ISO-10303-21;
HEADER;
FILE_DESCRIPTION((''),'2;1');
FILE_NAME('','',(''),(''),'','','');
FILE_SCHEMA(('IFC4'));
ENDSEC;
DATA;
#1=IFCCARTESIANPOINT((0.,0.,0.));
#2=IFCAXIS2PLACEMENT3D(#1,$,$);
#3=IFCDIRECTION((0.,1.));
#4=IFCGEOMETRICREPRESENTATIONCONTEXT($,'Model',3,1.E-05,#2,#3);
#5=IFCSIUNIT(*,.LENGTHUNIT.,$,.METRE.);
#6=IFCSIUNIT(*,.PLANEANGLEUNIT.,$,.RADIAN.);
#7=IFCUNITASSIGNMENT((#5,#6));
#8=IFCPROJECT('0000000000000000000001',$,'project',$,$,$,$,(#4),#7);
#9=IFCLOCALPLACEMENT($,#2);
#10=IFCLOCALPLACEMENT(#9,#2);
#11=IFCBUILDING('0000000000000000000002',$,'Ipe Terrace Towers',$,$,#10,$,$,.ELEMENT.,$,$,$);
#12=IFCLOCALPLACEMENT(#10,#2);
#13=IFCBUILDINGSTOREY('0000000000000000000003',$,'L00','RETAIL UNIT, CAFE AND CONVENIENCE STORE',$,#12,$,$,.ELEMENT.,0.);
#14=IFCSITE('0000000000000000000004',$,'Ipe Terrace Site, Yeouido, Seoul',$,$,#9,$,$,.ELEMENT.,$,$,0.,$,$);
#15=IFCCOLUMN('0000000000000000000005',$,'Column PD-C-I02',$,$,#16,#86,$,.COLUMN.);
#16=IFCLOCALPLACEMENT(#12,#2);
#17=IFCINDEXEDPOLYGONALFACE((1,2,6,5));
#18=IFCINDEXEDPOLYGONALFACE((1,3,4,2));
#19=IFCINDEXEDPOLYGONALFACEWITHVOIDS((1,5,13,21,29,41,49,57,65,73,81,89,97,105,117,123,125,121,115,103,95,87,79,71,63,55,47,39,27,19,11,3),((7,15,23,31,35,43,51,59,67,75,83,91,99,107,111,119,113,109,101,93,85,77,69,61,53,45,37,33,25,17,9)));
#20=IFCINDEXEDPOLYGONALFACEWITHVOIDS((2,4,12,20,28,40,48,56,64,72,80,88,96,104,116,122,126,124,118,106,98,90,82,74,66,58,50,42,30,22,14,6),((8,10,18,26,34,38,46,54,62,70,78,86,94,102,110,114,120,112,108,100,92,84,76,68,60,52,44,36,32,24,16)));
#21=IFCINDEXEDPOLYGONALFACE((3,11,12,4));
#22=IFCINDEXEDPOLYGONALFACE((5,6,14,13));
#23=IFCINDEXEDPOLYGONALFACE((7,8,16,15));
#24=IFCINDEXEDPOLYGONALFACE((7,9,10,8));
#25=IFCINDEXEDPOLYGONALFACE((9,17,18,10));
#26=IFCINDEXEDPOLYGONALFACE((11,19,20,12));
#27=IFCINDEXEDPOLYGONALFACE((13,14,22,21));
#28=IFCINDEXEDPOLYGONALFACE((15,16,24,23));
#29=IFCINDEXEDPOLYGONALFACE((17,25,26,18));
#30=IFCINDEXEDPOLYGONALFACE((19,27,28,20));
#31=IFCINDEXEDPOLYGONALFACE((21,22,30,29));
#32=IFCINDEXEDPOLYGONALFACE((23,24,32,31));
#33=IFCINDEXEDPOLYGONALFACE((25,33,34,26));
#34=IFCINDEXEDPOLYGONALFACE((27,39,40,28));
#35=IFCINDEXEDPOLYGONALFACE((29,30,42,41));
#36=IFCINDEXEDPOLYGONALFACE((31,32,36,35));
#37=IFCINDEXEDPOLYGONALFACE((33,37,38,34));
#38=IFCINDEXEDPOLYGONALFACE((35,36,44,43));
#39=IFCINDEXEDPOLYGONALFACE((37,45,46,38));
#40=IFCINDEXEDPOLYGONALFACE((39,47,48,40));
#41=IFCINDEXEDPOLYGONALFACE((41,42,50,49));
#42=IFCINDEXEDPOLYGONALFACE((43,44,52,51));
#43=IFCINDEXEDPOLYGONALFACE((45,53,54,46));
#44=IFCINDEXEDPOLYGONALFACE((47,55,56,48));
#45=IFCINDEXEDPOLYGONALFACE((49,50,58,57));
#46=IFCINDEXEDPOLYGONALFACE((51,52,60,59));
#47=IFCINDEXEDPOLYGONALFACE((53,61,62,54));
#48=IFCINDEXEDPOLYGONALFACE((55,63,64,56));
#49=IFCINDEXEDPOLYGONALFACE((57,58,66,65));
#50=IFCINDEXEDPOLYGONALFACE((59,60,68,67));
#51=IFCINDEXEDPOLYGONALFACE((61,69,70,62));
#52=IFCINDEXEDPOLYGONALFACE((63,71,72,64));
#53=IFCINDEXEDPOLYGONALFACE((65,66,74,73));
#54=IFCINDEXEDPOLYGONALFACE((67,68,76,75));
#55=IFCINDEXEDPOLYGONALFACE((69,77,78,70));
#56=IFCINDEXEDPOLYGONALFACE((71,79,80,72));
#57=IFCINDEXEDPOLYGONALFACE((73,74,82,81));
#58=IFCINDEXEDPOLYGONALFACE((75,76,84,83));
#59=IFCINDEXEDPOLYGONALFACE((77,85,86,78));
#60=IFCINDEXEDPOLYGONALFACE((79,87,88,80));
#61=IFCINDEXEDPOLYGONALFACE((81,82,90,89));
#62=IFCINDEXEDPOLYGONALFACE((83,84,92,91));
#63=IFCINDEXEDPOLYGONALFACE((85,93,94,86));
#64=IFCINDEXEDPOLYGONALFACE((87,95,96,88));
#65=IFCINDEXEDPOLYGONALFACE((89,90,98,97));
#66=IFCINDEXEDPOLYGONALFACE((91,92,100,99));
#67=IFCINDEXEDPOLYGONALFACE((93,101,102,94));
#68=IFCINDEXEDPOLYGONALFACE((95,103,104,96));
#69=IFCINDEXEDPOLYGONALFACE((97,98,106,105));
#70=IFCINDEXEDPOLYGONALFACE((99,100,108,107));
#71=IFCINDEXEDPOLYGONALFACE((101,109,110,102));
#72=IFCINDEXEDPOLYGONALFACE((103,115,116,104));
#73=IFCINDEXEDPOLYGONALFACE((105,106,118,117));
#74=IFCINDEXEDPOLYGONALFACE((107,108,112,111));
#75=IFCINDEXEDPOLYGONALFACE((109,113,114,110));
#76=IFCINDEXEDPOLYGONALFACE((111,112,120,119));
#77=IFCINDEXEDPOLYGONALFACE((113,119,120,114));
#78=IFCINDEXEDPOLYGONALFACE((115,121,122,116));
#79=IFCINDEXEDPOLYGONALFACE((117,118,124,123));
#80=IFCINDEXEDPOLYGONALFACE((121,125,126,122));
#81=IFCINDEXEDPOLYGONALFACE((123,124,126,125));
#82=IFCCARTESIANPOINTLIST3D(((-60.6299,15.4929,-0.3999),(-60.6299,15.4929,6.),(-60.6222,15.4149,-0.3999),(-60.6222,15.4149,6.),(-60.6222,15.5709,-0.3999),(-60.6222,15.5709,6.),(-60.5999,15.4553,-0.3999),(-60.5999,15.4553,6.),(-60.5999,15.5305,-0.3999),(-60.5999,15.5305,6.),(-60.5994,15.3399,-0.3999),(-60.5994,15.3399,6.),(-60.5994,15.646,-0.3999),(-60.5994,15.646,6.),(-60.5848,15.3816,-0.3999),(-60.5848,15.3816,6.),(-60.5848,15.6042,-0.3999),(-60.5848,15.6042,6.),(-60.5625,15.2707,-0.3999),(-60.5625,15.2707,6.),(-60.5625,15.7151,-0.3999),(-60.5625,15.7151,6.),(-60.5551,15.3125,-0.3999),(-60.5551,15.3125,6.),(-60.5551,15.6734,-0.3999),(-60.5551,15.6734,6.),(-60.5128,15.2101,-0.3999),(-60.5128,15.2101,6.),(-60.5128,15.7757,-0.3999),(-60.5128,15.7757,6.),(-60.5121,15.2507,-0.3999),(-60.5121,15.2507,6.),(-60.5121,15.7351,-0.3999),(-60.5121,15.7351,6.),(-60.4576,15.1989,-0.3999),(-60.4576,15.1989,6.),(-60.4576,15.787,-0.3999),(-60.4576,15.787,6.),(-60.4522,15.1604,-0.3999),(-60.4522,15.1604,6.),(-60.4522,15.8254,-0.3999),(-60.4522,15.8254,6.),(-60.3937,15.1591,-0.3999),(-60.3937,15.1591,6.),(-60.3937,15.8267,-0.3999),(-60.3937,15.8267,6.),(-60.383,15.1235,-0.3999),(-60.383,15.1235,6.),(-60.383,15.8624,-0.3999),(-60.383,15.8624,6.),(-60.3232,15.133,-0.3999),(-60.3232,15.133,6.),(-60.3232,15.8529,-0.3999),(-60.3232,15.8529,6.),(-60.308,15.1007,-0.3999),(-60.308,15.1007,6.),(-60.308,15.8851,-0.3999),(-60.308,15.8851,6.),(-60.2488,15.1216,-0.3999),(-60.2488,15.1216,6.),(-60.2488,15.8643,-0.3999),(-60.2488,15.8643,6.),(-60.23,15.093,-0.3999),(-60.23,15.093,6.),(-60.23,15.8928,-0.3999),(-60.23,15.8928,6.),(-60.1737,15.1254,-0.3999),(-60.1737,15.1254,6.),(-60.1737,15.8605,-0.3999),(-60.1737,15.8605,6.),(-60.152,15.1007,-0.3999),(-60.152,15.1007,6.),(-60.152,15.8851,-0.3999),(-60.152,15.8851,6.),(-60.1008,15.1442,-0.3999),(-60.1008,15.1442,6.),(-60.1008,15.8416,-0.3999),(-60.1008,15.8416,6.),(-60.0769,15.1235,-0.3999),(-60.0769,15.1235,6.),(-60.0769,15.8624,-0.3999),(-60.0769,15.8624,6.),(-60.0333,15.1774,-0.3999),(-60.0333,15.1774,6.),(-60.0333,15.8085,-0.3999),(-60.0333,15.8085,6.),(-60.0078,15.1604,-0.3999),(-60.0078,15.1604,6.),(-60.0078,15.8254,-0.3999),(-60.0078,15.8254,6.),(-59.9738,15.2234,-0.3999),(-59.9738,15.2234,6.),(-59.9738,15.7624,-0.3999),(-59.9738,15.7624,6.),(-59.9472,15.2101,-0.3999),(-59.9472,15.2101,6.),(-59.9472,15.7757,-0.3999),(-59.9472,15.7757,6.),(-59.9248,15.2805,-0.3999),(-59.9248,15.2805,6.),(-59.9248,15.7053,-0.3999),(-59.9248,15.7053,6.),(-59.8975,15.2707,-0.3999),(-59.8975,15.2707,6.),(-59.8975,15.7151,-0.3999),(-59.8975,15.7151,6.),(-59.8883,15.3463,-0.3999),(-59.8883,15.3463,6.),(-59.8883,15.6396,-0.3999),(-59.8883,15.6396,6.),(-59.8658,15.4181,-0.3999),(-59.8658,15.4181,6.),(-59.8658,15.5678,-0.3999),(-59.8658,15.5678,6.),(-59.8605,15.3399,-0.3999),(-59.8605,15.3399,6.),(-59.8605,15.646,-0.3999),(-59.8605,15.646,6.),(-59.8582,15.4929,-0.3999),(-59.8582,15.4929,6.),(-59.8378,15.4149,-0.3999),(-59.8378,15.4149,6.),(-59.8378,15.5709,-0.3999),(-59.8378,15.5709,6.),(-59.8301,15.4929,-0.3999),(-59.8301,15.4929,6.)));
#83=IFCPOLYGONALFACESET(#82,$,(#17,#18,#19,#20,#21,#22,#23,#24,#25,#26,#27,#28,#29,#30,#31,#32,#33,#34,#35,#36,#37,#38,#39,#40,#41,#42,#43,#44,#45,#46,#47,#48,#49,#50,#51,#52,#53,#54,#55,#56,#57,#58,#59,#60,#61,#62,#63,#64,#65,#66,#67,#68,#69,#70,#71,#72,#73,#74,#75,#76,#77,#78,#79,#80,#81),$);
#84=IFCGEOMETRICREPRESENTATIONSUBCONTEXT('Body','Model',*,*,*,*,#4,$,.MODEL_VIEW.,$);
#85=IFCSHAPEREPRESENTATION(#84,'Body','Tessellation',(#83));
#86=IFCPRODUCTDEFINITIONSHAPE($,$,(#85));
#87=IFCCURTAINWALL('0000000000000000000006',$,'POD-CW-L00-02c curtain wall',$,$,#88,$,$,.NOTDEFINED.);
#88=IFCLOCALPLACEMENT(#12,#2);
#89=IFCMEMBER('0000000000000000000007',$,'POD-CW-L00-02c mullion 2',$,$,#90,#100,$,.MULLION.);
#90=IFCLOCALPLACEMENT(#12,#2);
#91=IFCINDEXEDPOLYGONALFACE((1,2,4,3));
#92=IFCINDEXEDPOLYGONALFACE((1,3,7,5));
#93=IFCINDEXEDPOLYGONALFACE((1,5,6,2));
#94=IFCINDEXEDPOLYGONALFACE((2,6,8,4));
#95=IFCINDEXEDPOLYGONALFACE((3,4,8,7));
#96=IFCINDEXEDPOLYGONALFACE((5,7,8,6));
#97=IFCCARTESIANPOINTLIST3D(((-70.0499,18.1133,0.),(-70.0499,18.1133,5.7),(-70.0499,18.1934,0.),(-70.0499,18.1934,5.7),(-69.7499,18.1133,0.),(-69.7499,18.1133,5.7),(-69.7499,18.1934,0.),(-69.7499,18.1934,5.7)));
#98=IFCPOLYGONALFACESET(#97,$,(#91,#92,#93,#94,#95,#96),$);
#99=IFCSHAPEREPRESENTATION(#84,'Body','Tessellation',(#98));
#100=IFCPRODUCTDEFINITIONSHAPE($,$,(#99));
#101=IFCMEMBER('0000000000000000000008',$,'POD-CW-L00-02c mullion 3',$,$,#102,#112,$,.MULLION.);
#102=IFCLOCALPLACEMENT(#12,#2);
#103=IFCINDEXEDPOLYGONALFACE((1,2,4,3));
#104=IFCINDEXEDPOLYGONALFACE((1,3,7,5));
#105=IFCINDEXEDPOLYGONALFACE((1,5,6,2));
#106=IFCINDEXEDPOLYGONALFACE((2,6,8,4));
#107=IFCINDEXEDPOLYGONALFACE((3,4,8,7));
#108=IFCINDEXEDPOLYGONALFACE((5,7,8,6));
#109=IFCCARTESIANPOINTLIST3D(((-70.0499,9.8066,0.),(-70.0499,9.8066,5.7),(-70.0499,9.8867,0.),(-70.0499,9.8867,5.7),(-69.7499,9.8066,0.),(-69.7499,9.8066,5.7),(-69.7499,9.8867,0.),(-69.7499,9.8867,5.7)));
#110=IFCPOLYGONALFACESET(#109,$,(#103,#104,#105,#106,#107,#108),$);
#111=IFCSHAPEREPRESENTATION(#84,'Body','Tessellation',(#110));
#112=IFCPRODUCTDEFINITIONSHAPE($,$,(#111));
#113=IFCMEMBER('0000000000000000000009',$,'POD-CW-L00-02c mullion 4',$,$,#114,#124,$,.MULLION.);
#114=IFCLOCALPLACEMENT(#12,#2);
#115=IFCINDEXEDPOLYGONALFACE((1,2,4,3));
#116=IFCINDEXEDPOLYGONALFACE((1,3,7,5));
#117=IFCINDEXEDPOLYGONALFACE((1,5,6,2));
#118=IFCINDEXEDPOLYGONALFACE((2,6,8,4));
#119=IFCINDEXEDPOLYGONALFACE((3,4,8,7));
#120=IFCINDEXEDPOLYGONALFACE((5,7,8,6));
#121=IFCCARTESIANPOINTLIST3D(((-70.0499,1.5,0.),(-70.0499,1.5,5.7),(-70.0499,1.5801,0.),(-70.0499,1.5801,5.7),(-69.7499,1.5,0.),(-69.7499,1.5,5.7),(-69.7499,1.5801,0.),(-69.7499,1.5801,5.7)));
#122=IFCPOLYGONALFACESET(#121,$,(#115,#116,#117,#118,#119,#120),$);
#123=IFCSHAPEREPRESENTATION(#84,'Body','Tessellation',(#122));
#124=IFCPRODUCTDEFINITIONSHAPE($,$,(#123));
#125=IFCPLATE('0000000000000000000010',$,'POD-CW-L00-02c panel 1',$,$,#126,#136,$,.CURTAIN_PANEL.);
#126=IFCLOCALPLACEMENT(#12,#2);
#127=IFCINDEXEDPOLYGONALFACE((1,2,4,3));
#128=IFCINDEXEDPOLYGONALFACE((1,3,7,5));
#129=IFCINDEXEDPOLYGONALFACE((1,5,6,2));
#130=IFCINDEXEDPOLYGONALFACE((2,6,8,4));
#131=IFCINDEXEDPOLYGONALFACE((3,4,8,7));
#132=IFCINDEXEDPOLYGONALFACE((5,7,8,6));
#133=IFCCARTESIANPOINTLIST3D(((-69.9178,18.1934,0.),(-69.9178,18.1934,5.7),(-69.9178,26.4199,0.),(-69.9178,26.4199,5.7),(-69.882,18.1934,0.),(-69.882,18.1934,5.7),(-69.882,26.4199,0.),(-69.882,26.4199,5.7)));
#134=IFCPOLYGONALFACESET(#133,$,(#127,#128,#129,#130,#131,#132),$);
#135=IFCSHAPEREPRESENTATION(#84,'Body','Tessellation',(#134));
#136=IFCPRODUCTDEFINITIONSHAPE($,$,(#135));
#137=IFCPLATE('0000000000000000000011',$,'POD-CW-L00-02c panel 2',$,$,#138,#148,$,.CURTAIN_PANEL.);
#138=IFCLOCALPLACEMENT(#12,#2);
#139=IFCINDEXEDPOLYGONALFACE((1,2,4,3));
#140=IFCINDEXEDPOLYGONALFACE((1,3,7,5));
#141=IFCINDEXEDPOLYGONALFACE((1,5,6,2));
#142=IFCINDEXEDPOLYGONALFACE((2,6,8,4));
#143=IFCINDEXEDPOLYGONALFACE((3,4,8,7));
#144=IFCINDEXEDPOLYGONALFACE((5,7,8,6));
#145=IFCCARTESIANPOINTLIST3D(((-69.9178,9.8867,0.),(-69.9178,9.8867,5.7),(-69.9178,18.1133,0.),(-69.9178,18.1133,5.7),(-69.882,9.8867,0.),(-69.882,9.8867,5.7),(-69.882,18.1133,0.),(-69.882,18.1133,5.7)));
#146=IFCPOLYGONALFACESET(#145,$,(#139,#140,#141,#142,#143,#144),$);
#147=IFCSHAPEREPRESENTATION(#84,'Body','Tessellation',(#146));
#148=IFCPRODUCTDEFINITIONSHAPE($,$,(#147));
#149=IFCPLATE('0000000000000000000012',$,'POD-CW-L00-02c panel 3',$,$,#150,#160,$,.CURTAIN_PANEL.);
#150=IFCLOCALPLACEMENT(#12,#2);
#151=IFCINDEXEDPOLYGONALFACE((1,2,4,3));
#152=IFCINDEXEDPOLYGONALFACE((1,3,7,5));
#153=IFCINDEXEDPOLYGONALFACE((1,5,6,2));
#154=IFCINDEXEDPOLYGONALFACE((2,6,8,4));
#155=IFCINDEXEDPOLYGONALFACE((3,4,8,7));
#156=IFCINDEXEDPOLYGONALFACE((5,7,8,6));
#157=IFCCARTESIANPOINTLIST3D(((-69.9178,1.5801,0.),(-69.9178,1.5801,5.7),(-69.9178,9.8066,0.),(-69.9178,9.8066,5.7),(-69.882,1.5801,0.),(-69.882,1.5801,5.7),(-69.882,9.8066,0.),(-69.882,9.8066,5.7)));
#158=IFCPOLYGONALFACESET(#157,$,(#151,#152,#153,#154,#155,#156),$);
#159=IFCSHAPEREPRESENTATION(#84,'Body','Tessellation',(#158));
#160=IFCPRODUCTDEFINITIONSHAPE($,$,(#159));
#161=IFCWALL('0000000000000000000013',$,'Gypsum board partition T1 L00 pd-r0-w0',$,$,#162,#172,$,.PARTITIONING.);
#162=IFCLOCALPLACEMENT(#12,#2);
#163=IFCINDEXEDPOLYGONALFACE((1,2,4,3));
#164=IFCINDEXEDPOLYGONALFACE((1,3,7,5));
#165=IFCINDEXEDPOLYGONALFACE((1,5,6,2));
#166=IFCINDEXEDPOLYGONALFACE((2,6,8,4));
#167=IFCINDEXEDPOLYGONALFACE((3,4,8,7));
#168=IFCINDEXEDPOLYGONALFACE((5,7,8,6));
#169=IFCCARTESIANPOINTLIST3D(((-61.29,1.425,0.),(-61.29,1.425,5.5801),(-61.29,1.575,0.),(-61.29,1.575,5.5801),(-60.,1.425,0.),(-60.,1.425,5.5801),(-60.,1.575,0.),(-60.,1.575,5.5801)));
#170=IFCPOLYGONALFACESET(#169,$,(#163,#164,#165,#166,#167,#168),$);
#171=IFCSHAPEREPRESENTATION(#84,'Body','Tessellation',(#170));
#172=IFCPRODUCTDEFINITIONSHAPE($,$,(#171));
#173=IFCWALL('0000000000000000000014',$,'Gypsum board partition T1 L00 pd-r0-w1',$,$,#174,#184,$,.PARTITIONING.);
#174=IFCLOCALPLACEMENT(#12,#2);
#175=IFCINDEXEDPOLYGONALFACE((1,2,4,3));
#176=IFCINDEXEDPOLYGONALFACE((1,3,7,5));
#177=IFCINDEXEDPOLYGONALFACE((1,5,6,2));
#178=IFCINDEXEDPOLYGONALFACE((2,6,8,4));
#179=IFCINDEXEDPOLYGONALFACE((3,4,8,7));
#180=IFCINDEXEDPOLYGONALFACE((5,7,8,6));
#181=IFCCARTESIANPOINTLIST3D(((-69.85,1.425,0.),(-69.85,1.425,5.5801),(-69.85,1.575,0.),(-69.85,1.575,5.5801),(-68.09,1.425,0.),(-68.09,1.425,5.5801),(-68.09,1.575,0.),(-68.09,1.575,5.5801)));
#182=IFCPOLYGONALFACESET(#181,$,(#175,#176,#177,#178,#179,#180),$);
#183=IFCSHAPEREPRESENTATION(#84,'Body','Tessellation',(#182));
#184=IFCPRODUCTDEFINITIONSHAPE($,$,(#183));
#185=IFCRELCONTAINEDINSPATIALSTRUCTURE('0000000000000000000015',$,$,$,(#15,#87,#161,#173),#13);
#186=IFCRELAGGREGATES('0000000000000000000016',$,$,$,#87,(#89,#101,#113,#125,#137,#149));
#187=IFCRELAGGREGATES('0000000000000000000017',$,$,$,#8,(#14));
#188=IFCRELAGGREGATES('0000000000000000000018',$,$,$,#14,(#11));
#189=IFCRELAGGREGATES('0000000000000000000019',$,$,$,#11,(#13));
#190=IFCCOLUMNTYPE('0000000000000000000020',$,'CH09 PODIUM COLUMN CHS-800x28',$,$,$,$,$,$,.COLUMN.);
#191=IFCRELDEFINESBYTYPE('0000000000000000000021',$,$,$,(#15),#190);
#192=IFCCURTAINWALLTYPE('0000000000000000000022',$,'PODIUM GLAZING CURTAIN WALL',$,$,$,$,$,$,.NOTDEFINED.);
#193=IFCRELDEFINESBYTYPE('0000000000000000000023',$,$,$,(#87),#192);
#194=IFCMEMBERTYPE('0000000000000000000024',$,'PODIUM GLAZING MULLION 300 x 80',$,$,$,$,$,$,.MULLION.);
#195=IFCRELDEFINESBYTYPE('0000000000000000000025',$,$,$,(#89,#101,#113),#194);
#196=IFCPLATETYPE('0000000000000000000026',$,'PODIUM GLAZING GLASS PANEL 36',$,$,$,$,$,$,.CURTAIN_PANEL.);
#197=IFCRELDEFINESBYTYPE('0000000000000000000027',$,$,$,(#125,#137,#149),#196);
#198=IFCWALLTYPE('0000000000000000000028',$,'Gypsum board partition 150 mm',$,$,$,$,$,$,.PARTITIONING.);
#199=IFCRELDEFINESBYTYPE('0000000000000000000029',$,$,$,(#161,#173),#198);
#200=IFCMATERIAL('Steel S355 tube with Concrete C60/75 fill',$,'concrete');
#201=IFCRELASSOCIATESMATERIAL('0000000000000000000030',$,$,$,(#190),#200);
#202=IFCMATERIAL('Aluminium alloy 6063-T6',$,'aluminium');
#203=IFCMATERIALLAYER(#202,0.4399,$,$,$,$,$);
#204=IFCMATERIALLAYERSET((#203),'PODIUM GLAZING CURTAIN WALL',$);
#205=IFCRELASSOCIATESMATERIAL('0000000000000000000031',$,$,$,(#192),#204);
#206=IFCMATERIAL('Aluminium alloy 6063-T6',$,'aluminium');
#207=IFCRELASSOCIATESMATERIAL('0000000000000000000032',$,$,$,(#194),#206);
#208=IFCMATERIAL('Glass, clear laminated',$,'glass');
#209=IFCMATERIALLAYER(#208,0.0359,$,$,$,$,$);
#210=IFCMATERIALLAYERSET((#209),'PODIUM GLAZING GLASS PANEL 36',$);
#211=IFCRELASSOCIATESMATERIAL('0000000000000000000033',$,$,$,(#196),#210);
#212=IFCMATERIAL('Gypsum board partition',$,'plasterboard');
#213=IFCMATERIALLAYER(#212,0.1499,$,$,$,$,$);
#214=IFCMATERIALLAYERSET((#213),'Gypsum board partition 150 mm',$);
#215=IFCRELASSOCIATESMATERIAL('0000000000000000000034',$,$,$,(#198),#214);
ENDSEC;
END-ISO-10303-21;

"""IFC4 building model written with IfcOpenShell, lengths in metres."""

from ifc_helpers import new_model, si_unit, direction, frame, frame_2d, origin, origin_2d, place, context, subcontext, project, spatial, rectangle, hollow_circle, extrude, material, layer, layer_set, material_profile, profile_set, type_object, element, aggregate, save


model = new_model("IFC4")

# Units and contexts
model_context = context("Model", 3, precision=1e-05, world=origin(), true_north=direction((0.0, 1.0)))
body_context = subcontext(model_context, "Body", "Model", "MODEL_VIEW")
ifc_project = project(units=[si_unit("LENGTHUNIT", "METRE"), si_unit("PLANEANGLEUNIT", "RADIAN")], contexts=[model_context])

# Site, building, storey
site_placement = place(None, origin())
site = spatial("IfcSite", under=ifc_project, at=site_placement, Name="Ipe Terrace Site, Yeouido, Seoul", CompositionType="ELEMENT", RefElevation=0.0)
building_placement = place(site_placement, origin())
building = spatial("IfcBuilding", under=site, at=building_placement, Name="Ipe Terrace Towers", CompositionType="ELEMENT")
storey_placement = place(building_placement, origin())
storey = spatial("IfcBuildingStorey", under=building, at=storey_placement, Name="L00", Description="RETAIL UNIT, CAFE AND CONVENIENCE STORE", CompositionType="ELEMENT", Elevation=0.0)

# Column
ifc_material_1 = material(Name="Steel S355 tube with Concrete C60/75 fill", Category="concrete")
ifc_material_profile_1 = material_profile(ifc_material_1, hollow_circle(Radius=0.3999, WallThickness=0.0281, at=origin_2d()), Name="CHS-800x28")
ifc_profile_set_1 = profile_set([ifc_material_profile_1], Name="Steel S355 tube with Concrete C60/75 fill")
column_type = type_object("IfcColumnType", Name="CH09 PODIUM COLUMN CHS-800x28", PredefinedType="COLUMN", material=ifc_profile_set_1)
for number, where, z_axis, x_axis, name in (
    (1, (-60.23, 15.4929, -0.3999), (0.0, 0.0, 1.0), (1.0, 0.0, 0.0), "Column PD-C-I02"),
):
    element("IfcColumn", number, at=place(storey_placement, frame(where, z_axis=z_axis, x_axis=x_axis)), inside=storey, type_object=column_type, Name=name, PredefinedType="COLUMN", context=body_context, shape_type="SweptSolid", body=[
        extrude(hollow_circle(Radius=0.3999, WallThickness=0.0281, at=origin_2d()), origin(), (0.0, 0.0, 1.0), 6.3999),
    ])

# Curtain wall, members, plates
ifc_material_2 = material(Name="Aluminium alloy 6063-T6", Category="aluminium")
ifc_layer_1 = layer(ifc_material_2, 0.4399)
ifc_layer_set_1 = layer_set([ifc_layer_1], Name="PODIUM GLAZING CURTAIN WALL")
curtain_wall_type = type_object("IfcCurtainWallType", Name="PODIUM GLAZING CURTAIN WALL", PredefinedType="NOTDEFINED", material=ifc_layer_set_1)
curtain_wall_placement = place(storey_placement, origin())
curtain_wall = element("IfcCurtainWall", 2, at=curtain_wall_placement, inside=storey, type_object=curtain_wall_type, Name="POD-CW-L00-02c curtain wall", PredefinedType="NOTDEFINED")
ifc_material_3 = material(Name="Aluminium alloy 6063-T6", Category="aluminium")
ifc_material_profile_2 = material_profile(ifc_material_3, rectangle(XDim=0.3, YDim=0.0801, at=origin_2d()), Name="PODIUM GLAZING MULLION 300 x 80")
ifc_profile_set_2 = profile_set([ifc_material_profile_2], Name="Aluminium alloy 6063-T6")
member_type = type_object("IfcMemberType", Name="PODIUM GLAZING MULLION 300 x 80", PredefinedType="MULLION", material=ifc_profile_set_2)
member_1_placement = place(storey_placement, frame((-69.8999, 18.1533, 0.0), z_axis=(0.0, 0.0, 1.0), x_axis=(-1.0, 0.0, 0.0)))
member_1 = element("IfcMember", 3, at=member_1_placement, type_object=member_type, Name="POD-CW-L00-02c mullion 2", PredefinedType="MULLION", context=body_context, shape_type="SweptSolid", body=[
    extrude(rectangle(XDim=0.3, YDim=0.0801, at=origin_2d()), origin(), (0.0, 0.0, 1.0), 5.7),
])
member_2_placement = place(storey_placement, frame((-69.8999, 9.8467, 0.0), z_axis=(0.0, 0.0, 1.0), x_axis=(-1.0, 0.0, 0.0)))
member_2 = element("IfcMember", 4, at=member_2_placement, type_object=member_type, Name="POD-CW-L00-02c mullion 3", PredefinedType="MULLION", context=body_context, shape_type="SweptSolid", body=[
    extrude(rectangle(XDim=0.3, YDim=0.0801, at=origin_2d()), origin(), (0.0, 0.0, 1.0), 5.7),
])
member_3_placement = place(storey_placement, frame((-69.8999, 1.54, 0.0), z_axis=(0.0, 0.0, 1.0), x_axis=(-1.0, 0.0, 0.0)))
member_3 = element("IfcMember", 5, at=member_3_placement, type_object=member_type, Name="POD-CW-L00-02c mullion 4", PredefinedType="MULLION", context=body_context, shape_type="SweptSolid", body=[
    extrude(rectangle(XDim=0.3, YDim=0.0801, at=origin_2d()), origin(), (0.0, 0.0, 1.0), 5.7),
])
ifc_material_4 = material(Name="Glass, clear laminated", Category="glass")
ifc_layer_2 = layer(ifc_material_4, 0.0359)
ifc_layer_set_2 = layer_set([ifc_layer_2], Name="PODIUM GLAZING GLASS PANEL 36")
plate_type = type_object("IfcPlateType", Name="PODIUM GLAZING GLASS PANEL 36", PredefinedType="CURTAIN_PANEL", material=ifc_layer_set_2)
plate_1_placement = place(storey_placement, frame((-69.8999, 22.3066, 0.0), z_axis=(0.0, 0.0, 1.0), x_axis=(0.0, -1.0, 0.0)))
plate_1 = element("IfcPlate", 6, at=plate_1_placement, type_object=plate_type, Name="POD-CW-L00-02c panel 1", PredefinedType="CURTAIN_PANEL", context=body_context, shape_type="SweptSolid", body=[
    extrude(rectangle(XDim=8.2266, YDim=0.0359, at=origin_2d()), origin(), (0.0, 0.0, 1.0), 5.7),
])
plate_2_placement = place(storey_placement, frame((-69.8999, 14.0, 0.0), z_axis=(0.0, 0.0, 1.0), x_axis=(0.0, -1.0, 0.0)))
plate_2 = element("IfcPlate", 7, at=plate_2_placement, type_object=plate_type, Name="POD-CW-L00-02c panel 2", PredefinedType="CURTAIN_PANEL", context=body_context, shape_type="SweptSolid", body=[
    extrude(rectangle(XDim=8.2266, YDim=0.0359, at=origin_2d()), origin(), (0.0, 0.0, 1.0), 5.7),
])
plate_3_placement = place(storey_placement, frame((-69.8999, 5.6934, 0.0), z_axis=(0.0, 0.0, 1.0), x_axis=(0.0, -1.0, 0.0)))
plate_3 = element("IfcPlate", 8, at=plate_3_placement, type_object=plate_type, Name="POD-CW-L00-02c panel 3", PredefinedType="CURTAIN_PANEL", context=body_context, shape_type="SweptSolid", body=[
    extrude(rectangle(XDim=8.2266, YDim=0.0359, at=origin_2d()), origin(), (0.0, 0.0, 1.0), 5.7),
])
aggregate(curtain_wall, [member_1, member_2, member_3, plate_1, plate_2, plate_3])

# Walls
ifc_material_5 = material(Name="Gypsum board partition", Category="plasterboard")
ifc_layer_3 = layer(ifc_material_5, 0.1499)
ifc_layer_set_3 = layer_set([ifc_layer_3], Name="Gypsum board partition 150 mm")
wall_type_1 = type_object("IfcWallType", Name="Gypsum board partition 150 mm", PredefinedType="PARTITIONING", material=ifc_layer_set_3)
wall_1_placement = place(storey_placement, frame((-60.0, 1.5, 0.0), z_axis=(0.0, 0.0, 1.0), x_axis=(-1.0, 0.0, 0.0)))
element("IfcWall", 9, at=wall_1_placement, inside=storey, type_object=wall_type_1, Name="Gypsum board partition T1 L00 pd-r0-w0", PredefinedType="PARTITIONING", context=body_context, shape_type="SweptSolid", body=[
    extrude(rectangle(XDim=1.29, YDim=0.1499, at=frame_2d((0.645, 0.0))), origin(), (0.0, 0.0, 1.0), 5.5801),
])
wall_2_placement = place(storey_placement, frame((-68.0901, 1.5, 0.0), z_axis=(0.0, 0.0, 1.0), x_axis=(-1.0, 0.0, 0.0)))
element("IfcWall", 10, at=wall_2_placement, inside=storey, type_object=wall_type_1, Name="Gypsum board partition T1 L00 pd-r0-w1", PredefinedType="PARTITIONING", context=body_context, shape_type="SweptSolid", body=[
    extrude(rectangle(XDim=1.76, YDim=0.1499, at=frame_2d((0.8799, 0.0))), origin(), (0.0, 0.0, 1.0), 5.5801),
])

save(model, "model.ifc")
